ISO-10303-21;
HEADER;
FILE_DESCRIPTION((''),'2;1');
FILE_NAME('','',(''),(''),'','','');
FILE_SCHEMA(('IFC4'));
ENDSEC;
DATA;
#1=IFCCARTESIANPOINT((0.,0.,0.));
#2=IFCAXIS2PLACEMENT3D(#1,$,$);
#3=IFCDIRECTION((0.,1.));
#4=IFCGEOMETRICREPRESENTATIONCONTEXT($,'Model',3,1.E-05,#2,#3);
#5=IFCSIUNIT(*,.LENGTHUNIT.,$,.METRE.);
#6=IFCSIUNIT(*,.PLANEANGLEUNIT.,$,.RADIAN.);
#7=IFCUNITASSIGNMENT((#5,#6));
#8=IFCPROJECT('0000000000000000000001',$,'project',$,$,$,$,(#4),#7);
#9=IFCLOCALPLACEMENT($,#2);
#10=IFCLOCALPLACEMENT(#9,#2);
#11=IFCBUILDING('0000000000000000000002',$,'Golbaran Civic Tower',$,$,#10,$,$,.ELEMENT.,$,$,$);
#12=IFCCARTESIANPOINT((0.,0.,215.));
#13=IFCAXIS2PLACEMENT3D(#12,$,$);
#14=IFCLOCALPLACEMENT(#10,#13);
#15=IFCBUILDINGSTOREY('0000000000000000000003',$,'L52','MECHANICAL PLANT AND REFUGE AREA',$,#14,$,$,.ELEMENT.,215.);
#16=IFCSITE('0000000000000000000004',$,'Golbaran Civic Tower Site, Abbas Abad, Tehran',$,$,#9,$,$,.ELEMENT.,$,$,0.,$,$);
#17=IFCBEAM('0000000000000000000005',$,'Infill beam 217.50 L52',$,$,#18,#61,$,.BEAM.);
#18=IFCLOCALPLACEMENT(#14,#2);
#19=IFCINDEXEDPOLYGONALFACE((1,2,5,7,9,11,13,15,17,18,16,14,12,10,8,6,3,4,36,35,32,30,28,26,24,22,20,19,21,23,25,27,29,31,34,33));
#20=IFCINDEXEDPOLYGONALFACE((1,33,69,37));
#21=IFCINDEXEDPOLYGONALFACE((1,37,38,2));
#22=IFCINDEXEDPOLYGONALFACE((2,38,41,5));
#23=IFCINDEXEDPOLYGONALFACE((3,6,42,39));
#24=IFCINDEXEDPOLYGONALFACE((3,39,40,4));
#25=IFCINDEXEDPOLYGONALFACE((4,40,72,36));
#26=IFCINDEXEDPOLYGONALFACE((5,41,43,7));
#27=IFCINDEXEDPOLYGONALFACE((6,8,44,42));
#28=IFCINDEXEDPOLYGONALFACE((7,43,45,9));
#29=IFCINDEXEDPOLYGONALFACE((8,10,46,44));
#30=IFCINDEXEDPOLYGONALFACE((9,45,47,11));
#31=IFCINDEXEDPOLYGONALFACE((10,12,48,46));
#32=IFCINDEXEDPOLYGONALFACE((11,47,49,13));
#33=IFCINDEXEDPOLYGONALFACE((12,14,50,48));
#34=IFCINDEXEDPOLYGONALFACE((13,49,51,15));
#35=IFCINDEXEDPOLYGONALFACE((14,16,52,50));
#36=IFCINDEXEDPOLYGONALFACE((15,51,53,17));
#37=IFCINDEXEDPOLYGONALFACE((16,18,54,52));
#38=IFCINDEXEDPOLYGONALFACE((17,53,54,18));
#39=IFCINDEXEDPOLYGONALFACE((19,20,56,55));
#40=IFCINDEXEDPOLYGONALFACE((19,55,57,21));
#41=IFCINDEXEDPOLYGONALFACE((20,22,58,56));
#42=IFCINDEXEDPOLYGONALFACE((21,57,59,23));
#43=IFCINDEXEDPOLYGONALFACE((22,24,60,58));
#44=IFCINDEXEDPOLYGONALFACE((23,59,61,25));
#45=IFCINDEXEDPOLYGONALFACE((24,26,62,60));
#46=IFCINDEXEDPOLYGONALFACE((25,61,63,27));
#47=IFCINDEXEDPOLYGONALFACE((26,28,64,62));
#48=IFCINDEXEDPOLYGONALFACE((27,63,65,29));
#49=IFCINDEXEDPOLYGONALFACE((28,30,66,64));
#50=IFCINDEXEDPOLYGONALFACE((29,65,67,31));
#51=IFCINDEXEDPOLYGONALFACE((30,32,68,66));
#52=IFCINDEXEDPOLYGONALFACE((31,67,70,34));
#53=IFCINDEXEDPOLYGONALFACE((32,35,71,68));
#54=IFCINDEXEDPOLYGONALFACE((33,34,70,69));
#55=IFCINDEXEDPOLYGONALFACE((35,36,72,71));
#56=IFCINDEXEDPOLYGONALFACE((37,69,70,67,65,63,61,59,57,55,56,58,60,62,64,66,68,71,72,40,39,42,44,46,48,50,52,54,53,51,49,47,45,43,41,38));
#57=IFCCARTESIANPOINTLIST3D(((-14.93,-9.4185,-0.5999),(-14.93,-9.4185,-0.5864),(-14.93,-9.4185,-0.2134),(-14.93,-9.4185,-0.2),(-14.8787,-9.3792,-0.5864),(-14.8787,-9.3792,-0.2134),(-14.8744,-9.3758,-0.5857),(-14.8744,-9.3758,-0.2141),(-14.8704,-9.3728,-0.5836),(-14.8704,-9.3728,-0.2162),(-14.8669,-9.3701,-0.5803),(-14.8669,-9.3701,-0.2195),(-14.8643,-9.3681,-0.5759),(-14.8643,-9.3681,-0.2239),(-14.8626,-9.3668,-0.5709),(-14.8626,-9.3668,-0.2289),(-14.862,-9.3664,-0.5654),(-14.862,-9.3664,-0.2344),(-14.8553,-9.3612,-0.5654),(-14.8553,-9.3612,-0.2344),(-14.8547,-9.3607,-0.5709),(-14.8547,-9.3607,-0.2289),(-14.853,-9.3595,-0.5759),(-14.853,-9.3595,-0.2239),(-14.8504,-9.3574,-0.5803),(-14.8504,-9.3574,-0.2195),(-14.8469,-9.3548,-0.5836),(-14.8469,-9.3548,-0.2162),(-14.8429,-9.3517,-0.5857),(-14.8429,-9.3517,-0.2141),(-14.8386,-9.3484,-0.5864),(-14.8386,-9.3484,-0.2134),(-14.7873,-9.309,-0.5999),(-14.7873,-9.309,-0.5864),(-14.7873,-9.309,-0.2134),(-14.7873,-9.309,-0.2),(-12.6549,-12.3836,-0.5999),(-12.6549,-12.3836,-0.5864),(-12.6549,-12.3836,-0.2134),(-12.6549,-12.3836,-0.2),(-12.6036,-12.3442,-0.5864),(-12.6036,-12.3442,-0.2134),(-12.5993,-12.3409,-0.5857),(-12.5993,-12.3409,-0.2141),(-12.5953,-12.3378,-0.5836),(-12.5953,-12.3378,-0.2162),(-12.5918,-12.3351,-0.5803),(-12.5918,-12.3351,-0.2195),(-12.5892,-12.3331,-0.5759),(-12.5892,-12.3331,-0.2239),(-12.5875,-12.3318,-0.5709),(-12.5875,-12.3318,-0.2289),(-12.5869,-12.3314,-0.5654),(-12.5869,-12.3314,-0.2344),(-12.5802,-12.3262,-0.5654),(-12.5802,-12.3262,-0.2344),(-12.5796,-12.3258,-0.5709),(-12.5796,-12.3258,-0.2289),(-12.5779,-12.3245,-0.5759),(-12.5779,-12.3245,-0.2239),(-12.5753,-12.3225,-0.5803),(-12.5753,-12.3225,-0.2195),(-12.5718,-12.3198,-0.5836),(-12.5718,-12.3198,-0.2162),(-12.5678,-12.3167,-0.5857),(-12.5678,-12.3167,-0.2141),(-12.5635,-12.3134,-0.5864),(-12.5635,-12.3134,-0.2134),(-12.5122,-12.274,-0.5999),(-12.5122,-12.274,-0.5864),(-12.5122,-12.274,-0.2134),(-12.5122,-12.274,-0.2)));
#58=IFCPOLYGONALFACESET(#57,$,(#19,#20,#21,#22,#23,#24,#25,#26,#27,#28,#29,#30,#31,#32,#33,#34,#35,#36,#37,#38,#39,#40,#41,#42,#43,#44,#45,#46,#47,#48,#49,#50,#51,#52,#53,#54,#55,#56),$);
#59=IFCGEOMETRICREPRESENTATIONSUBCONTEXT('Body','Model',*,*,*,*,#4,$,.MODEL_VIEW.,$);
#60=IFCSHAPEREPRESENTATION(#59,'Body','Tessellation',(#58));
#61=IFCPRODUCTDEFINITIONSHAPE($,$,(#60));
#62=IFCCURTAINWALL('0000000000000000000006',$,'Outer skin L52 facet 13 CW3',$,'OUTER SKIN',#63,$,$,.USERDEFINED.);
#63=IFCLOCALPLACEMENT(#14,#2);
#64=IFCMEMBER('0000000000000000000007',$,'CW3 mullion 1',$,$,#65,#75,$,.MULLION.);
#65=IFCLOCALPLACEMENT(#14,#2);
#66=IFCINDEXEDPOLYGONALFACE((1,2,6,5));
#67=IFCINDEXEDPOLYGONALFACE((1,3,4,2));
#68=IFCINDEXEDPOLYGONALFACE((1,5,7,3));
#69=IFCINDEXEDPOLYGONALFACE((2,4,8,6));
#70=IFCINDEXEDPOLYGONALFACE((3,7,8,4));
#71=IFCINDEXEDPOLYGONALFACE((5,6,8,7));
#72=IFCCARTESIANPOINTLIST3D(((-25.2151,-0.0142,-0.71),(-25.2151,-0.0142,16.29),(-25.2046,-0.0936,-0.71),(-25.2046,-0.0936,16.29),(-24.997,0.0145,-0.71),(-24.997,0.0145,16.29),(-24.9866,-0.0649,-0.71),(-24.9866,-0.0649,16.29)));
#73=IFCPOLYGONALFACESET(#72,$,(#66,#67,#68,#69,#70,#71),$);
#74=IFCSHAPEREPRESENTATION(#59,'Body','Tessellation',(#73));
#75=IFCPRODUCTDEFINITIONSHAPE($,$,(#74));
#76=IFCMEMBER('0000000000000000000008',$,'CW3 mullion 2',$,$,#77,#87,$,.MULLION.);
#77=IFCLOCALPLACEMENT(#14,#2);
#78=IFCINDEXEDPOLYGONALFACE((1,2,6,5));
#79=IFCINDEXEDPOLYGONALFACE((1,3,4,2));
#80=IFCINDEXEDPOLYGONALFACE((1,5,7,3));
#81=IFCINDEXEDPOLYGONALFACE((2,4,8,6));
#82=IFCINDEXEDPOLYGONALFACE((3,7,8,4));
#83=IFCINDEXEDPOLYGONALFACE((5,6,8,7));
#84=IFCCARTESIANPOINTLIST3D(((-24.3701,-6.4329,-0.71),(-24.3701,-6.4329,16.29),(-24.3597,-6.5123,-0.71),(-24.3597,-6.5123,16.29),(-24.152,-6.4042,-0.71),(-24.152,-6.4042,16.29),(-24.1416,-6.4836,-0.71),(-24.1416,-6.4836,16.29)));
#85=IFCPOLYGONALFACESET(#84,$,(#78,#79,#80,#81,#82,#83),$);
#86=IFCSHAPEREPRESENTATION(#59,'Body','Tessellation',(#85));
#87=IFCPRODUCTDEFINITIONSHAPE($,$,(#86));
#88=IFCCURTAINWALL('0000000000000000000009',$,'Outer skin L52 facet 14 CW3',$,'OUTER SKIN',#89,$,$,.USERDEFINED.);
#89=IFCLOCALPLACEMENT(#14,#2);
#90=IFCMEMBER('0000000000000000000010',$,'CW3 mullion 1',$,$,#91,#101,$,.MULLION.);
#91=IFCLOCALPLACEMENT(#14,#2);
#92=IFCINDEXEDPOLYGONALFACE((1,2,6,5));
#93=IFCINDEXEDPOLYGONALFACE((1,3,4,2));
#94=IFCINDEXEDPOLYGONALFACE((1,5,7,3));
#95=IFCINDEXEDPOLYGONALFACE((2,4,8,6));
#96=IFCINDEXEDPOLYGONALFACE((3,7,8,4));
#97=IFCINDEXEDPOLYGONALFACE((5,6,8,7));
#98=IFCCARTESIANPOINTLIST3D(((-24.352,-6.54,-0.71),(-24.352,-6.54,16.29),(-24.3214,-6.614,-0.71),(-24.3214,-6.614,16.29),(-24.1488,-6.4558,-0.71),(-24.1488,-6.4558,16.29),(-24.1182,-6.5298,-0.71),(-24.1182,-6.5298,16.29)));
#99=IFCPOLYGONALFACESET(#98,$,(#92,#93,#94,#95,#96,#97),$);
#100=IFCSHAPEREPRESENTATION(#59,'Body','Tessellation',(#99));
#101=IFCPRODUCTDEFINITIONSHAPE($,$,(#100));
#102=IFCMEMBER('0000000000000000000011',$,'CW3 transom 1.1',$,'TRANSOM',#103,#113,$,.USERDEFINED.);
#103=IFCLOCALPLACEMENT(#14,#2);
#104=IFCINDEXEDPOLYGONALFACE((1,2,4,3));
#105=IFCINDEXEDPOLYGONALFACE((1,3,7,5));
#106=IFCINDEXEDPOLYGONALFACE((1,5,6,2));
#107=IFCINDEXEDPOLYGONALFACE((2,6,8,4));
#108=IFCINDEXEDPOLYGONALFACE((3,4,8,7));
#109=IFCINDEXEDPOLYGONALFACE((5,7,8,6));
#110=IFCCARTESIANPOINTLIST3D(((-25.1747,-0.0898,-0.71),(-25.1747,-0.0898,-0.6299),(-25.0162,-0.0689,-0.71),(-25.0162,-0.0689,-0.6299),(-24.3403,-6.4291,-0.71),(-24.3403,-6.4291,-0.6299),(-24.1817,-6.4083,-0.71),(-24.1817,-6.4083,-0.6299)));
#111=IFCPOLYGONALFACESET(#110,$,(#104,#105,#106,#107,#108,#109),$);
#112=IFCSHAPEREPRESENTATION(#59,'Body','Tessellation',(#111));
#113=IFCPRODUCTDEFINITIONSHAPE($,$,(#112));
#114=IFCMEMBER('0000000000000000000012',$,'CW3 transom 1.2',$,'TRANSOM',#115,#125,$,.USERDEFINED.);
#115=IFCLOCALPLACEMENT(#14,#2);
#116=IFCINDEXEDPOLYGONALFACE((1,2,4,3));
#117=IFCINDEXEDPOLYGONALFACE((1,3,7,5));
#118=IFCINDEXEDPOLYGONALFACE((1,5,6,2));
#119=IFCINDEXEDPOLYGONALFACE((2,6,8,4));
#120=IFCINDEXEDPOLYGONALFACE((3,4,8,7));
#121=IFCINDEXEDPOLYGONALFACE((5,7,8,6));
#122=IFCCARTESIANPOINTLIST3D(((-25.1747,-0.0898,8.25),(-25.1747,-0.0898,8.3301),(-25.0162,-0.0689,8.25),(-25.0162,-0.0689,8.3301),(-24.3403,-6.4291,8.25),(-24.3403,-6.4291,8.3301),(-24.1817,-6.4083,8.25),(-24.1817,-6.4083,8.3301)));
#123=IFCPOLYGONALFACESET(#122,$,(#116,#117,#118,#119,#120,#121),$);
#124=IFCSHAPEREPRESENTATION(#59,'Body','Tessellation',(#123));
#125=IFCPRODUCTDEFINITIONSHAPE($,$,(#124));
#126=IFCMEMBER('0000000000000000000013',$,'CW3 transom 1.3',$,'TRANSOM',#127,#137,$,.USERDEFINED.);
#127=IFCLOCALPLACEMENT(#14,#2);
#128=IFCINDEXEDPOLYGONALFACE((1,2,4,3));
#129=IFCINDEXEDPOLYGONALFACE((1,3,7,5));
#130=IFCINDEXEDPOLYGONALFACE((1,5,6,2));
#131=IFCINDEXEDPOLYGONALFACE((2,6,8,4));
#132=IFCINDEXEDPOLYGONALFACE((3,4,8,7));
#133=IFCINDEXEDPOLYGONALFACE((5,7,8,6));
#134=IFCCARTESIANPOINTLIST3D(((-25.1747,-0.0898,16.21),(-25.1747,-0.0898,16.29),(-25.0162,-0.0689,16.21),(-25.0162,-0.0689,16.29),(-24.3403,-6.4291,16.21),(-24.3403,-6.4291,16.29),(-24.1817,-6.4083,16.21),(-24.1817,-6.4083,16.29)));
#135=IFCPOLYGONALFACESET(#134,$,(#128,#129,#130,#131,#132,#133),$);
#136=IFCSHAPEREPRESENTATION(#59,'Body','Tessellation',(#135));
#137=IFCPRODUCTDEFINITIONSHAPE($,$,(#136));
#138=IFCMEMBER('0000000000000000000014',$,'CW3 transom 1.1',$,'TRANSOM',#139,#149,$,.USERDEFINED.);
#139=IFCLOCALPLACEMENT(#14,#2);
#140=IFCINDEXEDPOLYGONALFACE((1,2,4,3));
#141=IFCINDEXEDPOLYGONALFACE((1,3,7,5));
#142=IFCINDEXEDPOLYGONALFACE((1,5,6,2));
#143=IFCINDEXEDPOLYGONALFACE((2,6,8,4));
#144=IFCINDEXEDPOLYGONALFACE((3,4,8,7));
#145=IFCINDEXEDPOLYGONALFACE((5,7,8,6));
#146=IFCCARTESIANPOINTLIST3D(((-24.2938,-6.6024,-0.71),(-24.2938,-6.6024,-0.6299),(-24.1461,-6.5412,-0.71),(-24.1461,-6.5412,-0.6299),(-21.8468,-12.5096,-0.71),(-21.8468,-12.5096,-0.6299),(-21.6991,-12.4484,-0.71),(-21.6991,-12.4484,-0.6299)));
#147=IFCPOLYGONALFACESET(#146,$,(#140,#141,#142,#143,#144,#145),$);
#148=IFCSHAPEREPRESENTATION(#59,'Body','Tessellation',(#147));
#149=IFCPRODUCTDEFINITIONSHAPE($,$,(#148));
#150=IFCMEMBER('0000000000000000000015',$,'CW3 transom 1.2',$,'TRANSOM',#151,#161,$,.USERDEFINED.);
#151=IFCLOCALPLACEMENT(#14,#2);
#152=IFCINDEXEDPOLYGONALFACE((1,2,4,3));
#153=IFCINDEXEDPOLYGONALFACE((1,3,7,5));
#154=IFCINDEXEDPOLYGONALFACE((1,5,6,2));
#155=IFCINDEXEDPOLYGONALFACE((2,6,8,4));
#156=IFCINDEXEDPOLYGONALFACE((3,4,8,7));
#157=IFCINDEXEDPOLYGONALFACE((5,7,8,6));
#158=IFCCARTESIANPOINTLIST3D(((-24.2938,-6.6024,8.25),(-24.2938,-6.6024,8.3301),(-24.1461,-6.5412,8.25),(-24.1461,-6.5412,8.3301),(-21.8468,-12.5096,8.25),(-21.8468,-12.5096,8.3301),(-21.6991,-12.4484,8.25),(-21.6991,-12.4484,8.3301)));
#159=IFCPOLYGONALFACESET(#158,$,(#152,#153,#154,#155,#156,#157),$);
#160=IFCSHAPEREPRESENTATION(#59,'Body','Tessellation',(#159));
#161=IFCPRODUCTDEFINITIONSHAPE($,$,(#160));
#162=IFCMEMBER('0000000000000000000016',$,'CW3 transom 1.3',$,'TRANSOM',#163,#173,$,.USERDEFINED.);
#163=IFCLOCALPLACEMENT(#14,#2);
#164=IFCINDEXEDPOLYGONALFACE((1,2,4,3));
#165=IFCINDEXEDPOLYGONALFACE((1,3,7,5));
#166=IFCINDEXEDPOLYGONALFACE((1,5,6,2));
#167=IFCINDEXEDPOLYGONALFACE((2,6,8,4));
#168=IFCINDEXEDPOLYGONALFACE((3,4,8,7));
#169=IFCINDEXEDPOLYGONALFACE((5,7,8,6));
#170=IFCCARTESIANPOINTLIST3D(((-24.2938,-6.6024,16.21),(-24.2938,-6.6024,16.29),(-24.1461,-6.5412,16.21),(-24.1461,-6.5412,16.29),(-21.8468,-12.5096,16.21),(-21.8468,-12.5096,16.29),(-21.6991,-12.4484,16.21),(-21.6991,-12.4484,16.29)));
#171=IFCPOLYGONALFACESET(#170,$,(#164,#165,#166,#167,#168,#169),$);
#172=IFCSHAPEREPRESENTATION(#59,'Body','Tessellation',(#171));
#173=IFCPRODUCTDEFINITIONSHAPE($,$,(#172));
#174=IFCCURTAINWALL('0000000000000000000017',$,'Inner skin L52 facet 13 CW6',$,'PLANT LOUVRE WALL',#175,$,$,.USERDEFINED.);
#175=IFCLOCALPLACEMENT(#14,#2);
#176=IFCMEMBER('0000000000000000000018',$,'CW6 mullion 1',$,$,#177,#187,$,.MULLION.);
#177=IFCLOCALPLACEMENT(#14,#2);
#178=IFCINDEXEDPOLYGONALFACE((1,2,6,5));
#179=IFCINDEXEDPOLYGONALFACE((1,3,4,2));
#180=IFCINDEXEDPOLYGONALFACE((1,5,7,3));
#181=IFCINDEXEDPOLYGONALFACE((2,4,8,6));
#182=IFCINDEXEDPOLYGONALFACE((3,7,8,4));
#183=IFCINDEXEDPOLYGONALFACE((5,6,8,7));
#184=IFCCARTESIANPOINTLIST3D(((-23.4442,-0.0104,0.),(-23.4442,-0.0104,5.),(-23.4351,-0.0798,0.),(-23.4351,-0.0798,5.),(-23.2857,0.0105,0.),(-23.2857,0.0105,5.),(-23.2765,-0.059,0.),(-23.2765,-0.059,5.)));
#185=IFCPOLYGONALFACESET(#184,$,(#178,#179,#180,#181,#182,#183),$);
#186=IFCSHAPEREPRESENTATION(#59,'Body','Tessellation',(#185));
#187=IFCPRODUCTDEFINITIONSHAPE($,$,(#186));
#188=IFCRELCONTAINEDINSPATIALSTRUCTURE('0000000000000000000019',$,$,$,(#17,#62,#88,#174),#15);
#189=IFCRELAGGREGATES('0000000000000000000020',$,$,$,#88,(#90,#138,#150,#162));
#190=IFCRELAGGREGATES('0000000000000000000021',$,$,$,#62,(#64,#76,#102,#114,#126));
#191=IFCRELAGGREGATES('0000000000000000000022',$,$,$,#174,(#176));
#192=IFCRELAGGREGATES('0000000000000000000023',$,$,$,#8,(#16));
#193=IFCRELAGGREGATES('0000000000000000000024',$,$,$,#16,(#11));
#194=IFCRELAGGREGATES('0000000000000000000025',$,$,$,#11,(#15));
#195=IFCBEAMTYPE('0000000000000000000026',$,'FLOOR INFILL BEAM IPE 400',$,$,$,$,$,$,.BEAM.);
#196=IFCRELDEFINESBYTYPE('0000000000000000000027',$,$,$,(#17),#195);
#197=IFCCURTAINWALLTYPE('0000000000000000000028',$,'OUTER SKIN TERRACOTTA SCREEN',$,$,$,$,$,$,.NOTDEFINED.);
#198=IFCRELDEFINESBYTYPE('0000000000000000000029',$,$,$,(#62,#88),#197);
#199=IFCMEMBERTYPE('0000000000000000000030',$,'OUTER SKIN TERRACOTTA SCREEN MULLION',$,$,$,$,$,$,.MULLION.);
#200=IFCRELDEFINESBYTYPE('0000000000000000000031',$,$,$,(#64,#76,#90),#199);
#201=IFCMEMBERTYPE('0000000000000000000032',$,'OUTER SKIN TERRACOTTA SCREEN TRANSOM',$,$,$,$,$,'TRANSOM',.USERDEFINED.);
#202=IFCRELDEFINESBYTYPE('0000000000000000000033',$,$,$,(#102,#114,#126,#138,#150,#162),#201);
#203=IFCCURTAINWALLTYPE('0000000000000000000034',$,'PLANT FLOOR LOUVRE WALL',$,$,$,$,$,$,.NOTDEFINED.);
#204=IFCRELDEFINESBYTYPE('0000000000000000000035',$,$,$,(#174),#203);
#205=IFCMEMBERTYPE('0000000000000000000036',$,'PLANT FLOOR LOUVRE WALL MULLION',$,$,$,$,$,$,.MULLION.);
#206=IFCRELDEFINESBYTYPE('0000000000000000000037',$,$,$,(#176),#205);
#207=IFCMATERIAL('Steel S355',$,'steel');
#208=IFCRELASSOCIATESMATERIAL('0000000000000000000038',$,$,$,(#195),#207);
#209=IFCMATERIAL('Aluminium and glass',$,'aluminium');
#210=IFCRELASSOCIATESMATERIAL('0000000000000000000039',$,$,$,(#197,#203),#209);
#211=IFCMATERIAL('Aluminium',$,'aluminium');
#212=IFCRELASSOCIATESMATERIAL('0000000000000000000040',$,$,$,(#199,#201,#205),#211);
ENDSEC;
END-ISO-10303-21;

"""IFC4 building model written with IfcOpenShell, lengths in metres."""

from ifc_helpers import new_model, si_unit, direction, frame, origin, origin_2d, place, context, subcontext, project, spatial, rectangle, i_section, extrude, material, material_profile, profile_set, type_object, element, aggregate, save


model = new_model("IFC4")

# Units and contexts
model_context = context("Model", 3, precision=1e-05, world=origin(), true_north=direction((0.0, 1.0)))
body_context = subcontext(model_context, "Body", "Model", "MODEL_VIEW")
ifc_project = project(units=[si_unit("LENGTHUNIT", "METRE"), si_unit("PLANEANGLEUNIT", "RADIAN")], contexts=[model_context])

# Site, building, storey
site_placement = place(None, origin())
site = spatial("IfcSite", under=ifc_project, at=site_placement, Name="Golbaran Civic Tower Site, Abbas Abad, Tehran", CompositionType="ELEMENT", RefElevation=0.0)
building_placement = place(site_placement, origin())
building = spatial("IfcBuilding", under=site, at=building_placement, Name="Golbaran Civic Tower", CompositionType="ELEMENT")
storey_placement = place(building_placement, frame((0.0, 0.0, 215.0)))
storey = spatial("IfcBuildingStorey", under=building, at=storey_placement, Name="L52", Description="MECHANICAL PLANT AND REFUGE AREA", CompositionType="ELEMENT", Elevation=215.0)

# Shared definitions
ifc_material_1 = material(Name="Steel S355", Category="steel")

# Beam
ifc_material_profile_1 = material_profile(ifc_material_1, i_section(OverallWidth=0.1799, OverallDepth=0.3999, WebThickness=0.0085, FlangeThickness=0.0134, FilletRadius=0.021, at=origin_2d()), Name="IPE 400")
ifc_profile_set_1 = profile_set([ifc_material_profile_1], Name="Steel S355")
beam_type_1 = type_object("IfcBeamType", Name="FLOOR INFILL BEAM IPE 400", PredefinedType="BEAM", material=ifc_profile_set_1)
beam_1_placement = place(storey_placement, frame((-14.8586, -9.3638, -0.3999), z_axis=(0.608754, -0.793359, 0.0), x_axis=(0.793359, 0.608754, 0.0)))
element("IfcBeam", 1, at=beam_1_placement, inside=storey, type_object=beam_type_1, Name="Infill beam 217.50 L52", PredefinedType="BEAM", context=body_context, shape_type="SweptSolid", body=[
    extrude(i_section(OverallWidth=0.1799, OverallDepth=0.3999, WebThickness=0.0085, FlangeThickness=0.0134, FilletRadius=0.021, at=origin_2d()), origin(), (0.0, 0.0, 1.0), 3.7373),
])

# Curtain wall, members
ifc_material_2 = material(Name="Aluminium and glass", Category="aluminium")
curtain_wall_type_1 = type_object("IfcCurtainWallType", Name="OUTER SKIN TERRACOTTA SCREEN", PredefinedType="NOTDEFINED", material=ifc_material_2)
curtain_wall_1_placement = place(storey_placement, origin())
curtain_wall_1 = element("IfcCurtainWall", 2, at=curtain_wall_1_placement, inside=storey, type_object=curtain_wall_type_1, Name="Outer skin L52 facet 13 CW3", ObjectType="OUTER SKIN", PredefinedType="USERDEFINED")
ifc_material_3 = material(Name="Aluminium", Category="aluminium")
ifc_material_profile_2 = material_profile(ifc_material_3, rectangle(XDim=0.22, YDim=0.0801, at=origin_2d()), Name="OUTER SKIN TERRACOTTA SCREEN MULLION")
ifc_profile_set_2 = profile_set([ifc_material_profile_2], Name="Aluminium")
member_type_1 = type_object("IfcMemberType", Name="OUTER SKIN TERRACOTTA SCREEN MULLION", PredefinedType="MULLION", material=ifc_profile_set_2)
member_1_placement = place(storey_placement, frame((-25.1008, -0.0396, -0.71), z_axis=(0.0, 0.0, 1.0), x_axis=(0.991445, 0.130526, 0.0)))
member_1 = element("IfcMember", 3, at=member_1_placement, type_object=member_type_1, Name="CW3 mullion 1", PredefinedType="MULLION", context=body_context, shape_type="SweptSolid", body=[
    extrude(rectangle(XDim=0.22, YDim=0.0801, at=origin_2d()), origin(), (0.0, 0.0, 1.0), 17.0),
])
member_2_placement = place(storey_placement, frame((-24.2559, -6.4583, -0.71), z_axis=(0.0, 0.0, 1.0), x_axis=(0.991445, 0.130526, 0.0)))
member_2 = element("IfcMember", 4, at=member_2_placement, type_object=member_type_1, Name="CW3 mullion 2", PredefinedType="MULLION", context=body_context, shape_type="SweptSolid", body=[
    extrude(rectangle(XDim=0.22, YDim=0.0801, at=origin_2d()), origin(), (0.0, 0.0, 1.0), 17.0),
])

# Curtain wall, member
curtain_wall_2_placement = place(storey_placement, origin())
curtain_wall_2 = element("IfcCurtainWall", 5, at=curtain_wall_2_placement, inside=storey, type_object=curtain_wall_type_1, Name="Outer skin L52 facet 14 CW3", ObjectType="OUTER SKIN", PredefinedType="USERDEFINED")
member_3_placement = place(storey_placement, frame((-24.2351, -6.5349, -0.71), z_axis=(0.0, 0.0, 1.0), x_axis=(0.92388, 0.382683, 0.0)))
member_3 = element("IfcMember", 6, at=member_3_placement, type_object=member_type_1, Name="CW3 mullion 1", PredefinedType="MULLION", context=body_context, shape_type="SweptSolid", body=[
    extrude(rectangle(XDim=0.22, YDim=0.0801, at=origin_2d()), origin(), (0.0, 0.0, 1.0), 17.0),
])

# Members
ifc_material_profile_3 = material_profile(ifc_material_3, rectangle(XDim=0.1599, YDim=0.0801, at=origin_2d()), Name="OUTER SKIN TERRACOTTA SCREEN TRANSOM")
ifc_profile_set_3 = profile_set([ifc_material_profile_3], Name="Aluminium")
member_type_2 = type_object("IfcMemberType", Name="OUTER SKIN TERRACOTTA SCREEN TRANSOM", ElementType="TRANSOM", PredefinedType="USERDEFINED", material=ifc_profile_set_3)
member_4_placement = place(storey_placement, frame((-25.0955, -0.0793, -0.6699), z_axis=(0.130508, -0.991447, 0.0), x_axis=(0.991447, 0.130508, 0.0)))
member_4 = element("IfcMember", 7, at=member_4_placement, type_object=member_type_2, Name="CW3 transom 1.1", ObjectType="TRANSOM", PredefinedType="USERDEFINED", context=body_context, shape_type="SweptSolid", body=[
    extrude(rectangle(XDim=0.1599, YDim=0.0801, at=origin_2d()), origin(), (0.0, 0.0, 1.0), 6.394),
])
member_5_placement = place(storey_placement, frame((-25.0955, -0.0793, 8.29), z_axis=(0.130508, -0.991447, 0.0), x_axis=(0.991447, 0.130508, 0.0)))
member_5 = element("IfcMember", 8, at=member_5_placement, type_object=member_type_2, Name="CW3 transom 1.2", ObjectType="TRANSOM", PredefinedType="USERDEFINED", context=body_context, shape_type="SweptSolid", body=[
    extrude(rectangle(XDim=0.1599, YDim=0.0801, at=origin_2d()), origin(), (0.0, 0.0, 1.0), 6.394),
])
member_6_placement = place(storey_placement, frame((-25.0955, -0.0793, 16.25), z_axis=(0.130508, -0.991447, 0.0), x_axis=(0.991447, 0.130508, 0.0)))
member_6 = element("IfcMember", 9, at=member_6_placement, type_object=member_type_2, Name="CW3 transom 1.3", ObjectType="TRANSOM", PredefinedType="USERDEFINED", context=body_context, shape_type="SweptSolid", body=[
    extrude(rectangle(XDim=0.1599, YDim=0.0801, at=origin_2d()), origin(), (0.0, 0.0, 1.0), 6.394),
])
member_7_placement = place(storey_placement, frame((-24.22, -6.5718, -0.6699), z_axis=(0.382706, -0.92387, 0.0), x_axis=(0.92387, 0.382706, 0.0)))
member_7 = element("IfcMember", 10, at=member_7_placement, type_object=member_type_2, Name="CW3 transom 1.1", ObjectType="TRANSOM", PredefinedType="USERDEFINED", context=body_context, shape_type="SweptSolid", body=[
    extrude(rectangle(XDim=0.1599, YDim=0.0801, at=origin_2d()), origin(), (0.0, 0.0, 1.0), 6.394),
])
member_8_placement = place(storey_placement, frame((-24.22, -6.5718, 8.29), z_axis=(0.382706, -0.92387, 0.0), x_axis=(0.92387, 0.382706, 0.0)))
member_8 = element("IfcMember", 11, at=member_8_placement, type_object=member_type_2, Name="CW3 transom 1.2", ObjectType="TRANSOM", PredefinedType="USERDEFINED", context=body_context, shape_type="SweptSolid", body=[
    extrude(rectangle(XDim=0.1599, YDim=0.0801, at=origin_2d()), origin(), (0.0, 0.0, 1.0), 6.394),
])
member_9_placement = place(storey_placement, frame((-24.22, -6.5718, 16.25), z_axis=(0.382706, -0.92387, 0.0), x_axis=(0.92387, 0.382706, 0.0)))
member_9 = element("IfcMember", 12, at=member_9_placement, type_object=member_type_2, Name="CW3 transom 1.3", ObjectType="TRANSOM", PredefinedType="USERDEFINED", context=body_context, shape_type="SweptSolid", body=[
    extrude(rectangle(XDim=0.1599, YDim=0.0801, at=origin_2d()), origin(), (0.0, 0.0, 1.0), 6.394),
])

# Curtain wall, member
curtain_wall_type_2 = type_object("IfcCurtainWallType", Name="PLANT FLOOR LOUVRE WALL", PredefinedType="NOTDEFINED", material=ifc_material_2)
curtain_wall_3_placement = place(storey_placement, origin())
curtain_wall_3 = element("IfcCurtainWall", 13, at=curtain_wall_3_placement, inside=storey, type_object=curtain_wall_type_2, Name="Inner skin L52 facet 13 CW6", ObjectType="PLANT LOUVRE WALL", PredefinedType="USERDEFINED")
ifc_material_profile_4 = material_profile(ifc_material_3, rectangle(XDim=0.1599, YDim=0.0701, at=origin_2d()), Name="PLANT FLOOR LOUVRE WALL MULLION")
ifc_profile_set_4 = profile_set([ifc_material_profile_4], Name="Aluminium")
member_type_3 = type_object("IfcMemberType", Name="PLANT FLOOR LOUVRE WALL MULLION", PredefinedType="MULLION", material=ifc_profile_set_4)
member_10_placement = place(storey_placement, frame((-23.3604, -0.0347, 0.0), z_axis=(0.0, 0.0, 1.0), x_axis=(0.991445, 0.130526, 0.0)))
member_10 = element("IfcMember", 14, at=member_10_placement, type_object=member_type_3, Name="CW6 mullion 1", PredefinedType="MULLION", context=body_context, shape_type="SweptSolid", body=[
    extrude(rectangle(XDim=0.1599, YDim=0.0701, at=origin_2d()), origin(), (0.0, 0.0, 1.0), 5.0),
])

aggregate(curtain_wall_2, [member_3, member_7, member_8, member_9])
aggregate(curtain_wall_1, [member_1, member_2, member_4, member_5, member_6])
aggregate(curtain_wall_3, [member_10])

save(model, "model.ifc")
